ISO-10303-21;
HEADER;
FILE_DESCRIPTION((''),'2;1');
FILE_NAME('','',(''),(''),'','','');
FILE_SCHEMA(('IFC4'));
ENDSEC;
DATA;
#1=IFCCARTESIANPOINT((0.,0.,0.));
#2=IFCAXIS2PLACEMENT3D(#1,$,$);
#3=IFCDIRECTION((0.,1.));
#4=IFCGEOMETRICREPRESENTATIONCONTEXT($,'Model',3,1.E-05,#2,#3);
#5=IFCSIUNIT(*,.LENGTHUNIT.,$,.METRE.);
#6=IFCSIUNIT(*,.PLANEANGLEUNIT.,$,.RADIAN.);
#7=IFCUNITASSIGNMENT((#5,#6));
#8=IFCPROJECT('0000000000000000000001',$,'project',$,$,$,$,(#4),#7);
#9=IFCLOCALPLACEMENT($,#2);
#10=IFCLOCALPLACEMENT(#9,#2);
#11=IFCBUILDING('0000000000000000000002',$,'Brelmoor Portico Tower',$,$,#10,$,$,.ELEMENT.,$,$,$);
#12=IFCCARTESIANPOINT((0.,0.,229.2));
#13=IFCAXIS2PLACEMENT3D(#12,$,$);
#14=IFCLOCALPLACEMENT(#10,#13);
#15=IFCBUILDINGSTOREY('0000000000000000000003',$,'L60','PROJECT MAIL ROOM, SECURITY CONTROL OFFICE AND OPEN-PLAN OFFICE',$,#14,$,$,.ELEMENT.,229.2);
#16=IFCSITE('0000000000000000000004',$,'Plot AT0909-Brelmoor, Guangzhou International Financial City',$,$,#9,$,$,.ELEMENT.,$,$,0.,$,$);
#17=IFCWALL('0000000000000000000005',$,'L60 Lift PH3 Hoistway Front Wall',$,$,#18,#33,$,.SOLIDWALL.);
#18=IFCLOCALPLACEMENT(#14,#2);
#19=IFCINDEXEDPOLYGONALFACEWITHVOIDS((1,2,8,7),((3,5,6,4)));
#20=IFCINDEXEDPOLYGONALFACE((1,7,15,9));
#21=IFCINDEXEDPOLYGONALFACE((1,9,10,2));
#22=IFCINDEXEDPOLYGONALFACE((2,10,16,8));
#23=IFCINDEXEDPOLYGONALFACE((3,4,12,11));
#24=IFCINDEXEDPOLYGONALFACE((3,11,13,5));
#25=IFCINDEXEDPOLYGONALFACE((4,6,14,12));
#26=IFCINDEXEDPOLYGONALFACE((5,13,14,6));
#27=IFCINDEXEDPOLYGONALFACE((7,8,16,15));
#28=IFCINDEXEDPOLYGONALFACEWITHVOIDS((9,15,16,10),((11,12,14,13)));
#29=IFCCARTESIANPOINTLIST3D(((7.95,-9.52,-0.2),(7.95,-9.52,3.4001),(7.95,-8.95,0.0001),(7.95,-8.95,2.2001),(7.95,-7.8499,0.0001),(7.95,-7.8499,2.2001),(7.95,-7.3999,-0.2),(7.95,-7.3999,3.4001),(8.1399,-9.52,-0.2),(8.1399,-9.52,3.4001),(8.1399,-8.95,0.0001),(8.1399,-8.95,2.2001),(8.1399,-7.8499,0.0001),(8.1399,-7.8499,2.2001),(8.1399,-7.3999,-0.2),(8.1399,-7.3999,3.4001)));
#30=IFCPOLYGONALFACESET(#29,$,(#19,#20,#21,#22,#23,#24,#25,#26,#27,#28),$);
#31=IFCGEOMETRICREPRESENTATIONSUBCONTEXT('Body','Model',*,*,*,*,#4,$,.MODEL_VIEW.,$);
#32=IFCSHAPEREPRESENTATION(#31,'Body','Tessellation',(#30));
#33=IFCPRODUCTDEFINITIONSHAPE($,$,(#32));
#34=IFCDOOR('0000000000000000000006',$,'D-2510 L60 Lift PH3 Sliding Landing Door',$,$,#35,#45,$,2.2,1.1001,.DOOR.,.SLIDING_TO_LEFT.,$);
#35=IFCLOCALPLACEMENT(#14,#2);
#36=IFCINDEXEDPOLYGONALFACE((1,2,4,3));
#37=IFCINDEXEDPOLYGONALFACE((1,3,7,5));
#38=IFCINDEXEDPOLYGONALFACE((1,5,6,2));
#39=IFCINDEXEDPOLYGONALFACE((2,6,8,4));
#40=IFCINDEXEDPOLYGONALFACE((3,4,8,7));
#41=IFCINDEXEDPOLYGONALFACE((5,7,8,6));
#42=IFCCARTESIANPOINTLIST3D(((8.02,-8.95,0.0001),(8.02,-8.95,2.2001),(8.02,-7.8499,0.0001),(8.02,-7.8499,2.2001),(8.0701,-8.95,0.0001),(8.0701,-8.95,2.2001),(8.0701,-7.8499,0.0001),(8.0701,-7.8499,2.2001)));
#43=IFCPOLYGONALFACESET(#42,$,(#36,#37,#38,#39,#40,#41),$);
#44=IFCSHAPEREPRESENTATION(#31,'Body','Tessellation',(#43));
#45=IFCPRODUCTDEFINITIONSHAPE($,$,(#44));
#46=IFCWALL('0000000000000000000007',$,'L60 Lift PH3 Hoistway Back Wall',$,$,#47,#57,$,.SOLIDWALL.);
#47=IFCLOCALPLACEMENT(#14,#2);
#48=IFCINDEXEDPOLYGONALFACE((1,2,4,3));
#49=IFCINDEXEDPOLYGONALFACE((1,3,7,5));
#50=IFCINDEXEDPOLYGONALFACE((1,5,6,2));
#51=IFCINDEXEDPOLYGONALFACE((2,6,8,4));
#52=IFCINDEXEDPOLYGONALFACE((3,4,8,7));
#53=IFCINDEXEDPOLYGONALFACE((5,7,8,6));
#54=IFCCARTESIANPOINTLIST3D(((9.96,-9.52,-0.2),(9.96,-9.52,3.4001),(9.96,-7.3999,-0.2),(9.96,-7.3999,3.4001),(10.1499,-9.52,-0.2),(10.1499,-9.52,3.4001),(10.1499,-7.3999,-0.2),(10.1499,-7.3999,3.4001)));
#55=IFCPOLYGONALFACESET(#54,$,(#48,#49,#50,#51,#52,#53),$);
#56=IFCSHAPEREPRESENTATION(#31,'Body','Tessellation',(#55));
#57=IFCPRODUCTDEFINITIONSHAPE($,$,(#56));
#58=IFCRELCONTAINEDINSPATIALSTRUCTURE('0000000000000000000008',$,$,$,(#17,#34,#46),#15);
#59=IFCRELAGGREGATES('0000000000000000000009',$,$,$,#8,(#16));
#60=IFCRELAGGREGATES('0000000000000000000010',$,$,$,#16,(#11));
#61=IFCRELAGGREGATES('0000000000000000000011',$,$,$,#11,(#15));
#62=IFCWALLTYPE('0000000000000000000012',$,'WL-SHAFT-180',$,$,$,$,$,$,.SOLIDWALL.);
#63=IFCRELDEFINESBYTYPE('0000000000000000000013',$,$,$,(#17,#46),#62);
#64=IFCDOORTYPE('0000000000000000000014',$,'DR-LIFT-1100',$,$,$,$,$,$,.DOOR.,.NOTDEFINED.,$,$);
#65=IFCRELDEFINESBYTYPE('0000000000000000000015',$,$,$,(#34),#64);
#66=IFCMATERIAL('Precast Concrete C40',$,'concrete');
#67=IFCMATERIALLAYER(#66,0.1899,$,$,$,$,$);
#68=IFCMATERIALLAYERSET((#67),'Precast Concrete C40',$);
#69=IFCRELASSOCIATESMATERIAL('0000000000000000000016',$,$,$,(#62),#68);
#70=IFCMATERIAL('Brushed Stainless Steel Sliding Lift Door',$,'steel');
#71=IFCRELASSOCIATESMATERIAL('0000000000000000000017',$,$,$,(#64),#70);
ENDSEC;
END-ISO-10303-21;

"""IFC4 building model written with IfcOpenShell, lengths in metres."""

from ifc_helpers import new_model, si_unit, direction, frame, frame_2d, origin, place, context, subcontext, project, spatial, rectangle, extrude, material, layer, layer_set, type_object, element, fill, save


model = new_model("IFC4")

# Units and contexts
model_context = context("Model", 3, precision=1e-05, world=origin(), true_north=direction((0.0, 1.0)))
body_context = subcontext(model_context, "Body", "Model", "MODEL_VIEW")
ifc_project = project(units=[si_unit("LENGTHUNIT", "METRE"), si_unit("PLANEANGLEUNIT", "RADIAN")], contexts=[model_context])

# Site, building, storey
site_placement = place(None, origin())
site = spatial("IfcSite", under=ifc_project, at=site_placement, Name="Plot AT0909-Brelmoor, Guangzhou International Financial City", CompositionType="ELEMENT", RefElevation=0.0)
building_placement = place(site_placement, origin())
building = spatial("IfcBuilding", under=site, at=building_placement, Name="Brelmoor Portico Tower", CompositionType="ELEMENT")
storey_placement = place(building_placement, frame((0.0, 0.0, 229.2)))
storey = spatial("IfcBuildingStorey", under=building, at=storey_placement, Name="L60", Description="PROJECT MAIL ROOM, SECURITY CONTROL OFFICE AND OPEN-PLAN OFFICE", CompositionType="ELEMENT", Elevation=229.2)

# Wall, opening, door
ifc_material_1 = material(Name="Precast Concrete C40", Category="concrete")
ifc_layer_1 = layer(ifc_material_1, 0.1899)
ifc_layer_set_1 = layer_set([ifc_layer_1], Name="Precast Concrete C40")
wall_type_1 = type_object("IfcWallType", Name="WL-SHAFT-180", PredefinedType="SOLIDWALL", material=ifc_layer_set_1)
wall_1_placement = place(storey_placement, frame((8.0449, -9.52, -0.2), z_axis=(0.0, 0.0, 1.0), x_axis=(0.0, 1.0, 0.0)))
wall_1 = element("IfcWall", 1, at=wall_1_placement, inside=storey, type_object=wall_type_1, Name="L60 Lift PH3 Hoistway Front Wall", PredefinedType="SOLIDWALL", context=body_context, shape_type="SweptSolid", body=[
    extrude(rectangle(XDim=2.1201, YDim=0.1899, at=frame_2d((1.0601, 0.0))), origin(), (0.0, 0.0, 1.0), 3.6001),
])
opening_1_placement = place(wall_1_placement, frame((0.5701, 0.0, 0.2)))
opening_1 = element("IfcOpeningElement", 2, at=opening_1_placement, cuts=wall_1, PredefinedType="OPENING", context=body_context, shape_type="SweptSolid", body=[
    extrude(rectangle(XDim=1.1001, YDim=2.2, at=frame_2d((0.55, 1.1001))), frame((0.0, 0.105, 0.0), z_axis=(0.0, -1.0, 0.0), x_axis=(1.0, 0.0, 0.0)), (0.0, 0.0, 1.0), 0.21),
])
ifc_material_2 = material(Name="Brushed Stainless Steel Sliding Lift Door", Category="steel")
door_type_1 = type_object("IfcDoorType", Name="DR-LIFT-1100", OperationType="NOTDEFINED", PredefinedType="DOOR", material=ifc_material_2)
door_1_placement = place(opening_1_placement, origin())
door_1 = element("IfcDoor", 3, at=door_1_placement, inside=storey, type_object=door_type_1, Name="D-2510 L60 Lift PH3 Sliding Landing Door", OperationType="SLIDING_TO_LEFT", OverallHeight=2.2, OverallWidth=1.1001, PredefinedType="DOOR", context=body_context, shape_type="SweptSolid", body=[
    extrude(rectangle(XDim=1.1001, YDim=2.2, at=frame_2d((0.55, 1.1001))), frame((0.0, 0.0249, 0.0), z_axis=(0.0, -1.0, 0.0), x_axis=(1.0, 0.0, 0.0)), (0.0, 0.0, 1.0), 0.05),
])
fill(opening_1, door_1)

# Wall
wall_2_placement = place(storey_placement, frame((10.0549, -9.52, -0.2), z_axis=(0.0, 0.0, 1.0), x_axis=(0.0, 1.0, 0.0)))
element("IfcWall", 4, at=wall_2_placement, inside=storey, type_object=wall_type_1, Name="L60 Lift PH3 Hoistway Back Wall", PredefinedType="SOLIDWALL", context=body_context, shape_type="SweptSolid", body=[
    extrude(rectangle(XDim=2.1201, YDim=0.1899, at=frame_2d((1.0601, 0.0))), origin(), (0.0, 0.0, 1.0), 3.6001),
])

save(model, "model.ifc")
